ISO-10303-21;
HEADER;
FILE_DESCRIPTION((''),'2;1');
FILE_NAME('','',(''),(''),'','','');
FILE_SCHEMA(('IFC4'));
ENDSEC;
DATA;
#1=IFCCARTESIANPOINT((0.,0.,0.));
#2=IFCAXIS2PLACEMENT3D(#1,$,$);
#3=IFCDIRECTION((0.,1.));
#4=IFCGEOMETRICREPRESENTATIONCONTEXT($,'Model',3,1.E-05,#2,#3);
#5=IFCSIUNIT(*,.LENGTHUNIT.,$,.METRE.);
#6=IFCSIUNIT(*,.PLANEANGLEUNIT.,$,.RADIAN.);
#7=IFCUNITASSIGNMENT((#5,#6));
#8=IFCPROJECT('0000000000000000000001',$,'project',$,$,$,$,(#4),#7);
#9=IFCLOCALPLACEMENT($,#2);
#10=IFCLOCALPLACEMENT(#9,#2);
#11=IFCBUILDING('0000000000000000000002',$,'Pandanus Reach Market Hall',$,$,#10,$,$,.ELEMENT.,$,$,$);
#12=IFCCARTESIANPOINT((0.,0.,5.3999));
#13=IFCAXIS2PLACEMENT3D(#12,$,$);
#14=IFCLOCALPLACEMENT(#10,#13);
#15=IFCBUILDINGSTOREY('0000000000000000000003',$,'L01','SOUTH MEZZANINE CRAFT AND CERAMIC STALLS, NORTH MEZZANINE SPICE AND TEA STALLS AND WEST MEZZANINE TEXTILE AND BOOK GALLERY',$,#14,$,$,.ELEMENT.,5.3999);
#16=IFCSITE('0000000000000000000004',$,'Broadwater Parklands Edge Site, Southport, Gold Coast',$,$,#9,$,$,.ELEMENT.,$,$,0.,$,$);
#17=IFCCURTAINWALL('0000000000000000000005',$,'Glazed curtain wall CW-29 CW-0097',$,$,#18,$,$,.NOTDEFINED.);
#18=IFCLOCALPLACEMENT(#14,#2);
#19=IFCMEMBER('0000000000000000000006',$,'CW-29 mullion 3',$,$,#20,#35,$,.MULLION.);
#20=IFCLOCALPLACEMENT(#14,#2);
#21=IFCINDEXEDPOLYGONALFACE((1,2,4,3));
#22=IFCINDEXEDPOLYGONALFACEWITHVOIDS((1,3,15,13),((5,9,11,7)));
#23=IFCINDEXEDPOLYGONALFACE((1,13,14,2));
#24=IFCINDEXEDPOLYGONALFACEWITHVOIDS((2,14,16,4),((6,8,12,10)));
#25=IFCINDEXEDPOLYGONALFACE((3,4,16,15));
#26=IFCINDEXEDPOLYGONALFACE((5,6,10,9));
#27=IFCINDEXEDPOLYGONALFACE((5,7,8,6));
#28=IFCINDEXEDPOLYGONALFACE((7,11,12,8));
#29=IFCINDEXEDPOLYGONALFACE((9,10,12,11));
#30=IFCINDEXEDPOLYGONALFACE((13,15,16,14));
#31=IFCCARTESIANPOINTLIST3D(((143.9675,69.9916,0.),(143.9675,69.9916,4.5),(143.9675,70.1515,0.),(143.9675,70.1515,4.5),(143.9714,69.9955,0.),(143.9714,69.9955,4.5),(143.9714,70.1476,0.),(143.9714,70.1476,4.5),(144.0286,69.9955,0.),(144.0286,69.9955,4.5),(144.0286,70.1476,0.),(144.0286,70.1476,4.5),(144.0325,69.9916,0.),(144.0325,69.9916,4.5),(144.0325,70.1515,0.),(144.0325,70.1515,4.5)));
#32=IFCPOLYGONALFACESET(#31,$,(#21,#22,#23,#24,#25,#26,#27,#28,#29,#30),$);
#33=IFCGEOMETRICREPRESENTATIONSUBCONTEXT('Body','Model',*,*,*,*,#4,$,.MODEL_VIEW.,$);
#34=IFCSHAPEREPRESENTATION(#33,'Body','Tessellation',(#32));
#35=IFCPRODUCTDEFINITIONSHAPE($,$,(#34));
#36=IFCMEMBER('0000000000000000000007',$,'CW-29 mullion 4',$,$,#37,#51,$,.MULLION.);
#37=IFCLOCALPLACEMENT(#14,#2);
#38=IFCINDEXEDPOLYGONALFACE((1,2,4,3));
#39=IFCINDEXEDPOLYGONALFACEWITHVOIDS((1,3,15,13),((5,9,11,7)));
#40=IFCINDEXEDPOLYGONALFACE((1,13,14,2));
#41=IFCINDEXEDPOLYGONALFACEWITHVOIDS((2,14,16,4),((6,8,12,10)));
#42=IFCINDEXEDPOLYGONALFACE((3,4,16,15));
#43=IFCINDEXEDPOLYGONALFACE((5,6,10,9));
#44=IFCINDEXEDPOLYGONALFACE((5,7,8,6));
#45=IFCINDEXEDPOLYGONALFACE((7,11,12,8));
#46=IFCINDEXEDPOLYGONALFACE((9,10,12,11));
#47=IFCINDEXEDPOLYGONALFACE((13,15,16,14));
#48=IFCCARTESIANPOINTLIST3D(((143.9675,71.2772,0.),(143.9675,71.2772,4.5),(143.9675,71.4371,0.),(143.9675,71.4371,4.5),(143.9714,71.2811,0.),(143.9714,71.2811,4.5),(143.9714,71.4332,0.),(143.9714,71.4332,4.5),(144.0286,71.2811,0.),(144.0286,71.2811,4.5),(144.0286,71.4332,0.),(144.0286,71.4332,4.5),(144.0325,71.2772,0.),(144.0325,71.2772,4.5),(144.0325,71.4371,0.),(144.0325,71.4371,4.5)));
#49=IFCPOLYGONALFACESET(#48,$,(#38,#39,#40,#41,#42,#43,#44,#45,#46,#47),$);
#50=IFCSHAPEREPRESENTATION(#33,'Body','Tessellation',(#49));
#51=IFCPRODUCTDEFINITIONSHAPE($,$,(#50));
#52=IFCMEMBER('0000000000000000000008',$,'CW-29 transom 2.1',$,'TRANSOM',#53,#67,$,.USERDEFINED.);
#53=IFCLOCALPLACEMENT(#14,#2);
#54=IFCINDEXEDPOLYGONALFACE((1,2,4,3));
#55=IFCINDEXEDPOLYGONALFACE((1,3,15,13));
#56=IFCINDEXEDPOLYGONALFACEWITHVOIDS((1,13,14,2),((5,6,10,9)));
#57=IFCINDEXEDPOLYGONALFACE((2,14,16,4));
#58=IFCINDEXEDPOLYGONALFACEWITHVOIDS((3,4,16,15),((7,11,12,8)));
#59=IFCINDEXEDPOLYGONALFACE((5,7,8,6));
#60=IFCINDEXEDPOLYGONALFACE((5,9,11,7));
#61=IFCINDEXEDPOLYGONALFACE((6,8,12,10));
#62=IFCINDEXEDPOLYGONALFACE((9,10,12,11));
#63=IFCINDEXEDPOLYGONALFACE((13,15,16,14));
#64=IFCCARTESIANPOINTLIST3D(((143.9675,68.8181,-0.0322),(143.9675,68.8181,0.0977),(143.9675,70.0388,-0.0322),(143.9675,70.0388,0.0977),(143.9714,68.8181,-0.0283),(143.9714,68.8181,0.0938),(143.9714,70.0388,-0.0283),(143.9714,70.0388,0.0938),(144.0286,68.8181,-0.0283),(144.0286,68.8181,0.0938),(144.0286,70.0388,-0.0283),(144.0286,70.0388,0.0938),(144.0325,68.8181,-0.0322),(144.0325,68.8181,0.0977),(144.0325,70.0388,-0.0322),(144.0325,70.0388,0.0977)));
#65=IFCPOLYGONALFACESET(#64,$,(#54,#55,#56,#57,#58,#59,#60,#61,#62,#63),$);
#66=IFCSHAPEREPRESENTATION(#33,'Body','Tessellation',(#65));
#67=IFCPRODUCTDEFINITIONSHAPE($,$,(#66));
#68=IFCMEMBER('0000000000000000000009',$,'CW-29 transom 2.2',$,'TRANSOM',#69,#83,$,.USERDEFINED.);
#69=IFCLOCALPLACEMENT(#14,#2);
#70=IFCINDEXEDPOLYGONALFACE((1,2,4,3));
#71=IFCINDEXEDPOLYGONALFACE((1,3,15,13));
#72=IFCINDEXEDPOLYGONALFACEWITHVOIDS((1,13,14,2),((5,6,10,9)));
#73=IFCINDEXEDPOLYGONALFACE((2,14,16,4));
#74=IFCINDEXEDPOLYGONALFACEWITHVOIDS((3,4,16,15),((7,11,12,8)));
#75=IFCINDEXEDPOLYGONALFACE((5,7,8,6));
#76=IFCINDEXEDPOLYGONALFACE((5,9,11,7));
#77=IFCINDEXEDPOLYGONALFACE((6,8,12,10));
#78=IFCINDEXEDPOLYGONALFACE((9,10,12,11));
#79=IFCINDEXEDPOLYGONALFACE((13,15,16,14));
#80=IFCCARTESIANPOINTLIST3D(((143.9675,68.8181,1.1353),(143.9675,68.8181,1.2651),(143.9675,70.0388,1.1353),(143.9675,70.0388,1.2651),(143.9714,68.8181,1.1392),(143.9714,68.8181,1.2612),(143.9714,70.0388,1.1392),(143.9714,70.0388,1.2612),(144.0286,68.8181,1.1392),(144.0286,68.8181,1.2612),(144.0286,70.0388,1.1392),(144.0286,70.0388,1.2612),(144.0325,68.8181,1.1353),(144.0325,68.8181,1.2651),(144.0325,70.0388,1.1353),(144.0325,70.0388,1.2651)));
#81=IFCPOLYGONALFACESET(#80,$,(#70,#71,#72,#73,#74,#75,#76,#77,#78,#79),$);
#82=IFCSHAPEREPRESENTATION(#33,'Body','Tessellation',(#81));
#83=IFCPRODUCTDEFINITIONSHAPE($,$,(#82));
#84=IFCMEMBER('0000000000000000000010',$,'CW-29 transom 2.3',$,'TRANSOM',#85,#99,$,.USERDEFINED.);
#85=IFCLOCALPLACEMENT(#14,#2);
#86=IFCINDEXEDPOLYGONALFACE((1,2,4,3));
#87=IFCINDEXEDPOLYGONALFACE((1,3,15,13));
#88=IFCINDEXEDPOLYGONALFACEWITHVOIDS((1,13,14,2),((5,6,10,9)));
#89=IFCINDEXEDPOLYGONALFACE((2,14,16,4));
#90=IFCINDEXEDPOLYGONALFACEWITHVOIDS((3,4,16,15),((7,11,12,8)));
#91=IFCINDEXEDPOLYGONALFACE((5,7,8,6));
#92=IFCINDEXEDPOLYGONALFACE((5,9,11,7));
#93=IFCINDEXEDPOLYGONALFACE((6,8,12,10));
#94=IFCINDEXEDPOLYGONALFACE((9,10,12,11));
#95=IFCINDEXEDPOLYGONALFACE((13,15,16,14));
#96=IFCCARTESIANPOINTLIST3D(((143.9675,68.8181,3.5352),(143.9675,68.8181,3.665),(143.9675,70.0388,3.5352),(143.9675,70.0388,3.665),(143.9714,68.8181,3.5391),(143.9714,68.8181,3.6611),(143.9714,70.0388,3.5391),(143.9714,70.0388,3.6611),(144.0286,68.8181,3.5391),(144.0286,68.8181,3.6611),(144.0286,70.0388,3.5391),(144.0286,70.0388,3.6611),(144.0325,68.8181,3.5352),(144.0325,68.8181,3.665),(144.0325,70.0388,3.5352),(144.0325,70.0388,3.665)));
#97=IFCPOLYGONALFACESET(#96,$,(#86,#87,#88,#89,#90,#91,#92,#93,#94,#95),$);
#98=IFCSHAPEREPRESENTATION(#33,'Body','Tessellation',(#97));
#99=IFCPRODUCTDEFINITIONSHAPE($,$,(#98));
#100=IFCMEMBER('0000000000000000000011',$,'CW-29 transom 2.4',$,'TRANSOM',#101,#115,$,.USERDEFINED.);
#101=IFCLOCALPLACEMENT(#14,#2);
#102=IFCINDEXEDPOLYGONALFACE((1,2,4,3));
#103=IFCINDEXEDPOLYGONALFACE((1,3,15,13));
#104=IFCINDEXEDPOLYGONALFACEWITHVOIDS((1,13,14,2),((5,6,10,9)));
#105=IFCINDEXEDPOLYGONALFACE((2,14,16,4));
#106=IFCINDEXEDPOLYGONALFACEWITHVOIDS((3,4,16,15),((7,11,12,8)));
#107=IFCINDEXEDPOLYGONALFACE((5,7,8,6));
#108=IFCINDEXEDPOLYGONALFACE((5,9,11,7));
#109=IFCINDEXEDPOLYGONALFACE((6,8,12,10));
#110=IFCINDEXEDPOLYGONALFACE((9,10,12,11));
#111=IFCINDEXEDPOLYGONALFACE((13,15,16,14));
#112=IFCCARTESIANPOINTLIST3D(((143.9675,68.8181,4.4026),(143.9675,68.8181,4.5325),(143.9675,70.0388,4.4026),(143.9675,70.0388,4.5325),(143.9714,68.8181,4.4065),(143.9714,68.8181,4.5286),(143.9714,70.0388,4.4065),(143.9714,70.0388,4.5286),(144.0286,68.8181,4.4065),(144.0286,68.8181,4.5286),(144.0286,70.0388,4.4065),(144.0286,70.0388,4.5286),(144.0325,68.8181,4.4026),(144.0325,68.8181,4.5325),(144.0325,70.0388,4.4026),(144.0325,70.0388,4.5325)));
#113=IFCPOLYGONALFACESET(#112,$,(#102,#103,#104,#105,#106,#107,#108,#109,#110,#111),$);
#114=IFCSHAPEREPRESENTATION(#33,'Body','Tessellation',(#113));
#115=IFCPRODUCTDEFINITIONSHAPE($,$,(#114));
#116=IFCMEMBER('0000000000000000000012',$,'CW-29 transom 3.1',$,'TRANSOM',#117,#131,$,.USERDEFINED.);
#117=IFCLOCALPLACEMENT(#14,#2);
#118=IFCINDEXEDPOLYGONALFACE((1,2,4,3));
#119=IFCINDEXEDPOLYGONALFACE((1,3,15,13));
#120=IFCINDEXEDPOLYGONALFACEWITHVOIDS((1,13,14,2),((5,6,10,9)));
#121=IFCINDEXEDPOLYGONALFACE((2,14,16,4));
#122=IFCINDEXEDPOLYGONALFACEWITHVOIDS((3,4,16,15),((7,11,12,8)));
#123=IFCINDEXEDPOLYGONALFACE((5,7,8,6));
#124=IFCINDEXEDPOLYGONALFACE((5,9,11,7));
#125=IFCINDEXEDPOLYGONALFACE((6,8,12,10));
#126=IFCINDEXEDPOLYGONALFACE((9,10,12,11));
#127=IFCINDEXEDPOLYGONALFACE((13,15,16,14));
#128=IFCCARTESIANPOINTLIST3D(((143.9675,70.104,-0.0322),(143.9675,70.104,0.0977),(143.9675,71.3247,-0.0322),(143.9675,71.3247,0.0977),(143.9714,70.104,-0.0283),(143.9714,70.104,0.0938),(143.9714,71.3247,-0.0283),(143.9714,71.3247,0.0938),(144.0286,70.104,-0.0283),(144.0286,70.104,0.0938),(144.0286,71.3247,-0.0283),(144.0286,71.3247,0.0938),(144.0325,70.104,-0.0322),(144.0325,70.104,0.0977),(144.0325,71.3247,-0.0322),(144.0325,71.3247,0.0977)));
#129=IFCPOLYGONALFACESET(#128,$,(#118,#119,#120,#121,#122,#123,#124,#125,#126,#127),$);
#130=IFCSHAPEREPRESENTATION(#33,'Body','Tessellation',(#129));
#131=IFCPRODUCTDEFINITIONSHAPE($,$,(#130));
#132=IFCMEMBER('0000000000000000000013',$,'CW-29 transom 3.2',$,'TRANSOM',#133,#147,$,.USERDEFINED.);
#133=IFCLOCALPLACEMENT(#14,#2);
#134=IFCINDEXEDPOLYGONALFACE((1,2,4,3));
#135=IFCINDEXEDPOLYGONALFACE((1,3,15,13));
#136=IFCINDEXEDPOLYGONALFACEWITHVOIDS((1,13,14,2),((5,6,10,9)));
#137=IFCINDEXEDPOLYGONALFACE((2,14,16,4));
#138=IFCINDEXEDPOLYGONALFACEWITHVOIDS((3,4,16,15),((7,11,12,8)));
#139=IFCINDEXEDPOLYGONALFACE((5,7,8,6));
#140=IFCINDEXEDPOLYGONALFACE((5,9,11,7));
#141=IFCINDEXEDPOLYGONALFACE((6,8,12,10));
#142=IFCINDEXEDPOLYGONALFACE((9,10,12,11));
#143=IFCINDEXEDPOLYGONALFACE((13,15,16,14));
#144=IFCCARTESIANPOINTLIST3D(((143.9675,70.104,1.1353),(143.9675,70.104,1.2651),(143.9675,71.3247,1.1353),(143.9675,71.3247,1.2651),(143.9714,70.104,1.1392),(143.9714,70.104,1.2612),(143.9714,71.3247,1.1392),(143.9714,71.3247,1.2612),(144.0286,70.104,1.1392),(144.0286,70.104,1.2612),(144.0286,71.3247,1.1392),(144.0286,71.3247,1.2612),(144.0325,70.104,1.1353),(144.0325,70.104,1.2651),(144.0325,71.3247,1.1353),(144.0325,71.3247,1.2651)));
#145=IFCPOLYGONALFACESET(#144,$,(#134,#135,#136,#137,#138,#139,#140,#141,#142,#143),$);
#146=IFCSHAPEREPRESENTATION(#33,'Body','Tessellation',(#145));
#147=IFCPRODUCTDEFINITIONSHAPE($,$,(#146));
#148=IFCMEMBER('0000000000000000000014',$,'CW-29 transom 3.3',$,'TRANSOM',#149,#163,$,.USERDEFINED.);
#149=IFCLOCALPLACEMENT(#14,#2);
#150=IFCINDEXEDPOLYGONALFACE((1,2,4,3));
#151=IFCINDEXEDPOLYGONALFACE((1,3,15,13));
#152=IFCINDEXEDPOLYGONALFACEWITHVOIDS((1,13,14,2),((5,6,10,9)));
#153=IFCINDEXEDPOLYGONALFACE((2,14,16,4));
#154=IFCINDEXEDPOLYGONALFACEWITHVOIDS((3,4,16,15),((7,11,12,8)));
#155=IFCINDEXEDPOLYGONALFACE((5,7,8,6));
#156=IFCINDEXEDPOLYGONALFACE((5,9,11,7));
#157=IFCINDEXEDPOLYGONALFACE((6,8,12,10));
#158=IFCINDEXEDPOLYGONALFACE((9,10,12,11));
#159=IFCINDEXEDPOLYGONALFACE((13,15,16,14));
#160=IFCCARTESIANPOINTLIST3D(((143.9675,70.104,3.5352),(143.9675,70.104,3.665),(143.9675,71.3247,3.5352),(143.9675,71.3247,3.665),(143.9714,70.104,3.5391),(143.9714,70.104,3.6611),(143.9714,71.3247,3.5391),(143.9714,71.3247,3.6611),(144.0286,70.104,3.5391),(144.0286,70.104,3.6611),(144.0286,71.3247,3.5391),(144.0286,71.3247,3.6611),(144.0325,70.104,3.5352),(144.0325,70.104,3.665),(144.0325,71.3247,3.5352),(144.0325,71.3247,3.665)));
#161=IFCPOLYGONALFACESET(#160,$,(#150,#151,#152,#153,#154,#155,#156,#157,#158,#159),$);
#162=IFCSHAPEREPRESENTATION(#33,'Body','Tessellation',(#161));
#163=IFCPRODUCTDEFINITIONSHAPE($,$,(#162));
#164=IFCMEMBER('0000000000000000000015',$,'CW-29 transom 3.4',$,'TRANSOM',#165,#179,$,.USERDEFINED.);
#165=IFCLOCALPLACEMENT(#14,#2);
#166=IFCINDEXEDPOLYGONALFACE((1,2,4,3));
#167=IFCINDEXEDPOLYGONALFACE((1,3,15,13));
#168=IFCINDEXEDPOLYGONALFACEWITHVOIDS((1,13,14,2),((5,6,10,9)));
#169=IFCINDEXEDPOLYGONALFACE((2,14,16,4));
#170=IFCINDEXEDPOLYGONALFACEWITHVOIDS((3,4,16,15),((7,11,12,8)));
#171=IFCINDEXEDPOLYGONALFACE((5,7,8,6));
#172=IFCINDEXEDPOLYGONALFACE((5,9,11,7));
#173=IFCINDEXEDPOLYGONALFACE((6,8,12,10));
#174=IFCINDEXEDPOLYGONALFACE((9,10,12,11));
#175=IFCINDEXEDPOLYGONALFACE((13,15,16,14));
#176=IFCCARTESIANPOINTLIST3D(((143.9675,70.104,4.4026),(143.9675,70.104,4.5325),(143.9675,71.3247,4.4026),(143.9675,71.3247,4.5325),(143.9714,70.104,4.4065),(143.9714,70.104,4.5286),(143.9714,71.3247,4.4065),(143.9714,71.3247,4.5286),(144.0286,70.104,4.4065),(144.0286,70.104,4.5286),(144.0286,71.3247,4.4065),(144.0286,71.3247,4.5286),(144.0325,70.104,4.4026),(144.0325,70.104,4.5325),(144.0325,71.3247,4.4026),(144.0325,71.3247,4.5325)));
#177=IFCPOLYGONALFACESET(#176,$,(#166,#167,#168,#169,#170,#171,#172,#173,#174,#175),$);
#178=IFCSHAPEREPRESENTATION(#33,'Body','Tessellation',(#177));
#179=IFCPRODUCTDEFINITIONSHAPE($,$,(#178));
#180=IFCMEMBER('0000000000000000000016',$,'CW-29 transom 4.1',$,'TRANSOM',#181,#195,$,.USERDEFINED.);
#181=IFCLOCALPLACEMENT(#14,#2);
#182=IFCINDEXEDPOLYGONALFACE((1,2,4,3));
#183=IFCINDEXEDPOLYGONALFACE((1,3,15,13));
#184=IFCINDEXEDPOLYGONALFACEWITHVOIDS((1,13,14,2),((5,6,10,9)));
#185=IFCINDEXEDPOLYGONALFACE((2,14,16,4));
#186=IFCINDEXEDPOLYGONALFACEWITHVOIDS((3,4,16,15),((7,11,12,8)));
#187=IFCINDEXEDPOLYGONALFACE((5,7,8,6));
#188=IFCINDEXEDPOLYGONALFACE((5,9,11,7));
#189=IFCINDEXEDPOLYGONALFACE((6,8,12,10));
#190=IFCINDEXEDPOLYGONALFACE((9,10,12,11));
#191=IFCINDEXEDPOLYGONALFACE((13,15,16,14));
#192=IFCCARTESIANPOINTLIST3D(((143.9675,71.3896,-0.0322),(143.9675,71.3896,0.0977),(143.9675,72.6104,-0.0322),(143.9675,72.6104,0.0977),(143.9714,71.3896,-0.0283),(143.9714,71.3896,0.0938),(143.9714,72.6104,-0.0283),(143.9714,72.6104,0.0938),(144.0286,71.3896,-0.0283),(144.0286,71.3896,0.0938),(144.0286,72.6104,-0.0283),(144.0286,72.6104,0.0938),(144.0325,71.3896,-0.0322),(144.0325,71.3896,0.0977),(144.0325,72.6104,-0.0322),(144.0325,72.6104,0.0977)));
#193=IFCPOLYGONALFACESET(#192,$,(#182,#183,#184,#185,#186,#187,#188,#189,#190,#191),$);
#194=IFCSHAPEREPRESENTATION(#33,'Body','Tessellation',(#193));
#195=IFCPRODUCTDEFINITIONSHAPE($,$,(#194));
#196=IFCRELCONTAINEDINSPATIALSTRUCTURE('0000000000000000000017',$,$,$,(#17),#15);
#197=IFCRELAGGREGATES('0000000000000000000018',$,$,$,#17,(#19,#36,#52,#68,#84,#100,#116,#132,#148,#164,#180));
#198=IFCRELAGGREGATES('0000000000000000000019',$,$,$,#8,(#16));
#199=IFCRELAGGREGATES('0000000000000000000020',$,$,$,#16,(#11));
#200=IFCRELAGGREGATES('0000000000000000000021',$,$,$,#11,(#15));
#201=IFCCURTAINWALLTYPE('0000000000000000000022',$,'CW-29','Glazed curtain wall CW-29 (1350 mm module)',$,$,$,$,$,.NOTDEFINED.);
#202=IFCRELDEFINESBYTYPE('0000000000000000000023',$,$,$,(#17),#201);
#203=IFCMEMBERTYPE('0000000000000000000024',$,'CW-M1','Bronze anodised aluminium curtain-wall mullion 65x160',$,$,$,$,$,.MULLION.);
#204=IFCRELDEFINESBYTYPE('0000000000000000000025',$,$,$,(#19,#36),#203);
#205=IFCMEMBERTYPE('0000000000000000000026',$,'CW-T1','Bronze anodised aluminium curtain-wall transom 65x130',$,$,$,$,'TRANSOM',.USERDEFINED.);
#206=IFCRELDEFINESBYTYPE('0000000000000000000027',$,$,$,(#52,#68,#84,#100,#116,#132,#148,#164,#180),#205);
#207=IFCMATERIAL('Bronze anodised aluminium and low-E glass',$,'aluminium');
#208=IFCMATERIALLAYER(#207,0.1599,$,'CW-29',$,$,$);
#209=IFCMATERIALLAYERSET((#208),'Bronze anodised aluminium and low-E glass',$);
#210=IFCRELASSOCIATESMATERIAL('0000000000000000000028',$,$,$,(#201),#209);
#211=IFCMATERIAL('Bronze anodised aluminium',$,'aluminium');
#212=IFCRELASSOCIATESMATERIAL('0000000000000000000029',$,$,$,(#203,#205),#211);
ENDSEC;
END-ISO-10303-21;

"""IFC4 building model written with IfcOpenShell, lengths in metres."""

from ifc_helpers import new_model, si_unit, direction, frame, origin, origin_2d, place, context, subcontext, project, spatial, hollow_rectangle, extrude, material, layer, layer_set, material_profile, profile_set, type_object, element, aggregate, save


model = new_model("IFC4")

# Units and contexts
model_context = context("Model", 3, precision=1e-05, world=origin(), true_north=direction((0.0, 1.0)))
body_context = subcontext(model_context, "Body", "Model", "MODEL_VIEW")
ifc_project = project(units=[si_unit("LENGTHUNIT", "METRE"), si_unit("PLANEANGLEUNIT", "RADIAN")], contexts=[model_context])

# Site, building, storey
site_placement = place(None, origin())
site = spatial("IfcSite", under=ifc_project, at=site_placement, Name="Broadwater Parklands Edge Site, Southport, Gold Coast", CompositionType="ELEMENT", RefElevation=0.0)
building_placement = place(site_placement, origin())
building = spatial("IfcBuilding", under=site, at=building_placement, Name="Pandanus Reach Market Hall", CompositionType="ELEMENT")
storey_placement = place(building_placement, frame((0.0, 0.0, 5.3999)))
storey = spatial("IfcBuildingStorey", under=building, at=storey_placement, Name="L01", Description="SOUTH MEZZANINE CRAFT AND CERAMIC STALLS, NORTH MEZZANINE SPICE AND TEA STALLS AND WEST MEZZANINE TEXTILE AND BOOK GALLERY", CompositionType="ELEMENT", Elevation=5.3999)

# Curtain wall, members
ifc_material_1 = material(Name="Bronze anodised aluminium and low-E glass", Category="aluminium")
ifc_layer_1 = layer(ifc_material_1, 0.1599, Name="CW-29")
ifc_layer_set_1 = layer_set([ifc_layer_1], Name="Bronze anodised aluminium and low-E glass")
curtain_wall_type = type_object("IfcCurtainWallType", Name="CW-29", Description="Glazed curtain wall CW-29 (1350 mm module)", PredefinedType="NOTDEFINED", material=ifc_layer_set_1)
curtain_wall_placement = place(storey_placement, origin())
curtain_wall = element("IfcCurtainWall", 1, at=curtain_wall_placement, inside=storey, type_object=curtain_wall_type, Name="Glazed curtain wall CW-29 CW-0097", PredefinedType="NOTDEFINED")
ifc_material_2 = material(Name="Bronze anodised aluminium", Category="aluminium")
ifc_material_profile_1 = material_profile(ifc_material_2, hollow_rectangle(XDim=0.0649, YDim=0.1599, WallThickness=0.0039, at=origin_2d()), Name="ALU65x160", Category="LoadBearing")
ifc_profile_set_1 = profile_set([ifc_material_profile_1], Name="Bronze anodised aluminium")
member_type_1 = type_object("IfcMemberType", Name="CW-M1", Description="Bronze anodised aluminium curtain-wall mullion 65x160", PredefinedType="MULLION", material=ifc_profile_set_1)
member_1_placement = place(storey_placement, frame((144.0, 70.0715, 0.0), z_axis=(0.0, 0.0, 1.0), x_axis=(-1.0, 0.0, 0.0)))
member_1 = element("IfcMember", 2, at=member_1_placement, type_object=member_type_1, Name="CW-29 mullion 3", PredefinedType="MULLION", context=body_context, shape_type="SweptSolid", body=[
    extrude(hollow_rectangle(XDim=0.0649, YDim=0.1599, WallThickness=0.0039, at=origin_2d()), origin(), (0.0, 0.0, 1.0), 4.5),
])
member_2_placement = place(storey_placement, frame((144.0, 71.3572, 0.0), z_axis=(0.0, 0.0, 1.0), x_axis=(-1.0, 0.0, 0.0)))
member_2 = element("IfcMember", 3, at=member_2_placement, type_object=member_type_1, Name="CW-29 mullion 4", PredefinedType="MULLION", context=body_context, shape_type="SweptSolid", body=[
    extrude(hollow_rectangle(XDim=0.0649, YDim=0.1599, WallThickness=0.0039, at=origin_2d()), origin(), (0.0, 0.0, 1.0), 4.5),
])
ifc_material_profile_2 = material_profile(ifc_material_2, hollow_rectangle(XDim=0.0649, YDim=0.1299, WallThickness=0.0039, at=origin_2d()), Name="ALU65x130", Category="LoadBearing")
ifc_profile_set_2 = profile_set([ifc_material_profile_2], Name="Bronze anodised aluminium")
member_type_2 = type_object("IfcMemberType", Name="CW-T1", Description="Bronze anodised aluminium curtain-wall transom 65x130", ElementType="TRANSOM", PredefinedType="USERDEFINED", material=ifc_profile_set_2)
member_3_placement = place(storey_placement, frame((144.0, 68.8181, 0.0327), z_axis=(0.0, 1.0, 0.0), x_axis=(-1.0, 0.0, 0.0)))
member_3 = element("IfcMember", 4, at=member_3_placement, type_object=member_type_2, Name="CW-29 transom 2.1", ObjectType="TRANSOM", PredefinedType="USERDEFINED", context=body_context, shape_type="SweptSolid", body=[
    extrude(hollow_rectangle(XDim=0.0649, YDim=0.1299, WallThickness=0.0039, at=origin_2d()), origin(), (0.0, 0.0, 1.0), 1.2207),
])
member_4_placement = place(storey_placement, frame((144.0, 68.8181, 1.2002), z_axis=(0.0, 1.0, 0.0), x_axis=(-1.0, 0.0, 0.0)))
member_4 = element("IfcMember", 5, at=member_4_placement, type_object=member_type_2, Name="CW-29 transom 2.2", ObjectType="TRANSOM", PredefinedType="USERDEFINED", context=body_context, shape_type="SweptSolid", body=[
    extrude(hollow_rectangle(XDim=0.0649, YDim=0.1299, WallThickness=0.0039, at=origin_2d()), origin(), (0.0, 0.0, 1.0), 1.2207),
])
member_5_placement = place(storey_placement, frame((144.0, 68.8181, 3.6001), z_axis=(0.0, 1.0, 0.0), x_axis=(-1.0, 0.0, 0.0)))
member_5 = element("IfcMember", 6, at=member_5_placement, type_object=member_type_2, Name="CW-29 transom 2.3", ObjectType="TRANSOM", PredefinedType="USERDEFINED", context=body_context, shape_type="SweptSolid", body=[
    extrude(hollow_rectangle(XDim=0.0649, YDim=0.1299, WallThickness=0.0039, at=origin_2d()), origin(), (0.0, 0.0, 1.0), 1.2207),
])
member_6_placement = place(storey_placement, frame((144.0, 68.8181, 4.4675), z_axis=(0.0, 1.0, 0.0), x_axis=(-1.0, 0.0, 0.0)))
member_6 = element("IfcMember", 7, at=member_6_placement, type_object=member_type_2, Name="CW-29 transom 2.4", ObjectType="TRANSOM", PredefinedType="USERDEFINED", context=body_context, shape_type="SweptSolid", body=[
    extrude(hollow_rectangle(XDim=0.0649, YDim=0.1299, WallThickness=0.0039, at=origin_2d()), origin(), (0.0, 0.0, 1.0), 1.2207),
])
member_7_placement = place(storey_placement, frame((144.0, 70.104, 0.0327), z_axis=(0.0, 1.0, 0.0), x_axis=(-1.0, 0.0, 0.0)))
member_7 = element("IfcMember", 8, at=member_7_placement, type_object=member_type_2, Name="CW-29 transom 3.1", ObjectType="TRANSOM", PredefinedType="USERDEFINED", context=body_context, shape_type="SweptSolid", body=[
    extrude(hollow_rectangle(XDim=0.0649, YDim=0.1299, WallThickness=0.0039, at=origin_2d()), origin(), (0.0, 0.0, 1.0), 1.2207),
])
member_8_placement = place(storey_placement, frame((144.0, 70.104, 1.2002), z_axis=(0.0, 1.0, 0.0), x_axis=(-1.0, 0.0, 0.0)))
member_8 = element("IfcMember", 9, at=member_8_placement, type_object=member_type_2, Name="CW-29 transom 3.2", ObjectType="TRANSOM", PredefinedType="USERDEFINED", context=body_context, shape_type="SweptSolid", body=[
    extrude(hollow_rectangle(XDim=0.0649, YDim=0.1299, WallThickness=0.0039, at=origin_2d()), origin(), (0.0, 0.0, 1.0), 1.2207),
])
member_9_placement = place(storey_placement, frame((144.0, 70.104, 3.6001), z_axis=(0.0, 1.0, 0.0), x_axis=(-1.0, 0.0, 0.0)))
member_9 = element("IfcMember", 10, at=member_9_placement, type_object=member_type_2, Name="CW-29 transom 3.3", ObjectType="TRANSOM", PredefinedType="USERDEFINED", context=body_context, shape_type="SweptSolid", body=[
    extrude(hollow_rectangle(XDim=0.0649, YDim=0.1299, WallThickness=0.0039, at=origin_2d()), origin(), (0.0, 0.0, 1.0), 1.2207),
])
member_10_placement = place(storey_placement, frame((144.0, 70.104, 4.4675), z_axis=(0.0, 1.0, 0.0), x_axis=(-1.0, 0.0, 0.0)))
member_10 = element("IfcMember", 11, at=member_10_placement, type_object=member_type_2, Name="CW-29 transom 3.4", ObjectType="TRANSOM", PredefinedType="USERDEFINED", context=body_context, shape_type="SweptSolid", body=[
    extrude(hollow_rectangle(XDim=0.0649, YDim=0.1299, WallThickness=0.0039, at=origin_2d()), origin(), (0.0, 0.0, 1.0), 1.2207),
])
member_11_placement = place(storey_placement, frame((144.0, 71.3896, 0.0327), z_axis=(0.0, 1.0, 0.0), x_axis=(-1.0, 0.0, 0.0)))
member_11 = element("IfcMember", 12, at=member_11_placement, type_object=member_type_2, Name="CW-29 transom 4.1", ObjectType="TRANSOM", PredefinedType="USERDEFINED", context=body_context, shape_type="SweptSolid", body=[
    extrude(hollow_rectangle(XDim=0.0649, YDim=0.1299, WallThickness=0.0039, at=origin_2d()), origin(), (0.0, 0.0, 1.0), 1.2207),
])
aggregate(curtain_wall, [member_1, member_2, member_3, member_4, member_5, member_6, member_7, member_8, member_9, member_10, member_11])

save(model, "model.ifc")
